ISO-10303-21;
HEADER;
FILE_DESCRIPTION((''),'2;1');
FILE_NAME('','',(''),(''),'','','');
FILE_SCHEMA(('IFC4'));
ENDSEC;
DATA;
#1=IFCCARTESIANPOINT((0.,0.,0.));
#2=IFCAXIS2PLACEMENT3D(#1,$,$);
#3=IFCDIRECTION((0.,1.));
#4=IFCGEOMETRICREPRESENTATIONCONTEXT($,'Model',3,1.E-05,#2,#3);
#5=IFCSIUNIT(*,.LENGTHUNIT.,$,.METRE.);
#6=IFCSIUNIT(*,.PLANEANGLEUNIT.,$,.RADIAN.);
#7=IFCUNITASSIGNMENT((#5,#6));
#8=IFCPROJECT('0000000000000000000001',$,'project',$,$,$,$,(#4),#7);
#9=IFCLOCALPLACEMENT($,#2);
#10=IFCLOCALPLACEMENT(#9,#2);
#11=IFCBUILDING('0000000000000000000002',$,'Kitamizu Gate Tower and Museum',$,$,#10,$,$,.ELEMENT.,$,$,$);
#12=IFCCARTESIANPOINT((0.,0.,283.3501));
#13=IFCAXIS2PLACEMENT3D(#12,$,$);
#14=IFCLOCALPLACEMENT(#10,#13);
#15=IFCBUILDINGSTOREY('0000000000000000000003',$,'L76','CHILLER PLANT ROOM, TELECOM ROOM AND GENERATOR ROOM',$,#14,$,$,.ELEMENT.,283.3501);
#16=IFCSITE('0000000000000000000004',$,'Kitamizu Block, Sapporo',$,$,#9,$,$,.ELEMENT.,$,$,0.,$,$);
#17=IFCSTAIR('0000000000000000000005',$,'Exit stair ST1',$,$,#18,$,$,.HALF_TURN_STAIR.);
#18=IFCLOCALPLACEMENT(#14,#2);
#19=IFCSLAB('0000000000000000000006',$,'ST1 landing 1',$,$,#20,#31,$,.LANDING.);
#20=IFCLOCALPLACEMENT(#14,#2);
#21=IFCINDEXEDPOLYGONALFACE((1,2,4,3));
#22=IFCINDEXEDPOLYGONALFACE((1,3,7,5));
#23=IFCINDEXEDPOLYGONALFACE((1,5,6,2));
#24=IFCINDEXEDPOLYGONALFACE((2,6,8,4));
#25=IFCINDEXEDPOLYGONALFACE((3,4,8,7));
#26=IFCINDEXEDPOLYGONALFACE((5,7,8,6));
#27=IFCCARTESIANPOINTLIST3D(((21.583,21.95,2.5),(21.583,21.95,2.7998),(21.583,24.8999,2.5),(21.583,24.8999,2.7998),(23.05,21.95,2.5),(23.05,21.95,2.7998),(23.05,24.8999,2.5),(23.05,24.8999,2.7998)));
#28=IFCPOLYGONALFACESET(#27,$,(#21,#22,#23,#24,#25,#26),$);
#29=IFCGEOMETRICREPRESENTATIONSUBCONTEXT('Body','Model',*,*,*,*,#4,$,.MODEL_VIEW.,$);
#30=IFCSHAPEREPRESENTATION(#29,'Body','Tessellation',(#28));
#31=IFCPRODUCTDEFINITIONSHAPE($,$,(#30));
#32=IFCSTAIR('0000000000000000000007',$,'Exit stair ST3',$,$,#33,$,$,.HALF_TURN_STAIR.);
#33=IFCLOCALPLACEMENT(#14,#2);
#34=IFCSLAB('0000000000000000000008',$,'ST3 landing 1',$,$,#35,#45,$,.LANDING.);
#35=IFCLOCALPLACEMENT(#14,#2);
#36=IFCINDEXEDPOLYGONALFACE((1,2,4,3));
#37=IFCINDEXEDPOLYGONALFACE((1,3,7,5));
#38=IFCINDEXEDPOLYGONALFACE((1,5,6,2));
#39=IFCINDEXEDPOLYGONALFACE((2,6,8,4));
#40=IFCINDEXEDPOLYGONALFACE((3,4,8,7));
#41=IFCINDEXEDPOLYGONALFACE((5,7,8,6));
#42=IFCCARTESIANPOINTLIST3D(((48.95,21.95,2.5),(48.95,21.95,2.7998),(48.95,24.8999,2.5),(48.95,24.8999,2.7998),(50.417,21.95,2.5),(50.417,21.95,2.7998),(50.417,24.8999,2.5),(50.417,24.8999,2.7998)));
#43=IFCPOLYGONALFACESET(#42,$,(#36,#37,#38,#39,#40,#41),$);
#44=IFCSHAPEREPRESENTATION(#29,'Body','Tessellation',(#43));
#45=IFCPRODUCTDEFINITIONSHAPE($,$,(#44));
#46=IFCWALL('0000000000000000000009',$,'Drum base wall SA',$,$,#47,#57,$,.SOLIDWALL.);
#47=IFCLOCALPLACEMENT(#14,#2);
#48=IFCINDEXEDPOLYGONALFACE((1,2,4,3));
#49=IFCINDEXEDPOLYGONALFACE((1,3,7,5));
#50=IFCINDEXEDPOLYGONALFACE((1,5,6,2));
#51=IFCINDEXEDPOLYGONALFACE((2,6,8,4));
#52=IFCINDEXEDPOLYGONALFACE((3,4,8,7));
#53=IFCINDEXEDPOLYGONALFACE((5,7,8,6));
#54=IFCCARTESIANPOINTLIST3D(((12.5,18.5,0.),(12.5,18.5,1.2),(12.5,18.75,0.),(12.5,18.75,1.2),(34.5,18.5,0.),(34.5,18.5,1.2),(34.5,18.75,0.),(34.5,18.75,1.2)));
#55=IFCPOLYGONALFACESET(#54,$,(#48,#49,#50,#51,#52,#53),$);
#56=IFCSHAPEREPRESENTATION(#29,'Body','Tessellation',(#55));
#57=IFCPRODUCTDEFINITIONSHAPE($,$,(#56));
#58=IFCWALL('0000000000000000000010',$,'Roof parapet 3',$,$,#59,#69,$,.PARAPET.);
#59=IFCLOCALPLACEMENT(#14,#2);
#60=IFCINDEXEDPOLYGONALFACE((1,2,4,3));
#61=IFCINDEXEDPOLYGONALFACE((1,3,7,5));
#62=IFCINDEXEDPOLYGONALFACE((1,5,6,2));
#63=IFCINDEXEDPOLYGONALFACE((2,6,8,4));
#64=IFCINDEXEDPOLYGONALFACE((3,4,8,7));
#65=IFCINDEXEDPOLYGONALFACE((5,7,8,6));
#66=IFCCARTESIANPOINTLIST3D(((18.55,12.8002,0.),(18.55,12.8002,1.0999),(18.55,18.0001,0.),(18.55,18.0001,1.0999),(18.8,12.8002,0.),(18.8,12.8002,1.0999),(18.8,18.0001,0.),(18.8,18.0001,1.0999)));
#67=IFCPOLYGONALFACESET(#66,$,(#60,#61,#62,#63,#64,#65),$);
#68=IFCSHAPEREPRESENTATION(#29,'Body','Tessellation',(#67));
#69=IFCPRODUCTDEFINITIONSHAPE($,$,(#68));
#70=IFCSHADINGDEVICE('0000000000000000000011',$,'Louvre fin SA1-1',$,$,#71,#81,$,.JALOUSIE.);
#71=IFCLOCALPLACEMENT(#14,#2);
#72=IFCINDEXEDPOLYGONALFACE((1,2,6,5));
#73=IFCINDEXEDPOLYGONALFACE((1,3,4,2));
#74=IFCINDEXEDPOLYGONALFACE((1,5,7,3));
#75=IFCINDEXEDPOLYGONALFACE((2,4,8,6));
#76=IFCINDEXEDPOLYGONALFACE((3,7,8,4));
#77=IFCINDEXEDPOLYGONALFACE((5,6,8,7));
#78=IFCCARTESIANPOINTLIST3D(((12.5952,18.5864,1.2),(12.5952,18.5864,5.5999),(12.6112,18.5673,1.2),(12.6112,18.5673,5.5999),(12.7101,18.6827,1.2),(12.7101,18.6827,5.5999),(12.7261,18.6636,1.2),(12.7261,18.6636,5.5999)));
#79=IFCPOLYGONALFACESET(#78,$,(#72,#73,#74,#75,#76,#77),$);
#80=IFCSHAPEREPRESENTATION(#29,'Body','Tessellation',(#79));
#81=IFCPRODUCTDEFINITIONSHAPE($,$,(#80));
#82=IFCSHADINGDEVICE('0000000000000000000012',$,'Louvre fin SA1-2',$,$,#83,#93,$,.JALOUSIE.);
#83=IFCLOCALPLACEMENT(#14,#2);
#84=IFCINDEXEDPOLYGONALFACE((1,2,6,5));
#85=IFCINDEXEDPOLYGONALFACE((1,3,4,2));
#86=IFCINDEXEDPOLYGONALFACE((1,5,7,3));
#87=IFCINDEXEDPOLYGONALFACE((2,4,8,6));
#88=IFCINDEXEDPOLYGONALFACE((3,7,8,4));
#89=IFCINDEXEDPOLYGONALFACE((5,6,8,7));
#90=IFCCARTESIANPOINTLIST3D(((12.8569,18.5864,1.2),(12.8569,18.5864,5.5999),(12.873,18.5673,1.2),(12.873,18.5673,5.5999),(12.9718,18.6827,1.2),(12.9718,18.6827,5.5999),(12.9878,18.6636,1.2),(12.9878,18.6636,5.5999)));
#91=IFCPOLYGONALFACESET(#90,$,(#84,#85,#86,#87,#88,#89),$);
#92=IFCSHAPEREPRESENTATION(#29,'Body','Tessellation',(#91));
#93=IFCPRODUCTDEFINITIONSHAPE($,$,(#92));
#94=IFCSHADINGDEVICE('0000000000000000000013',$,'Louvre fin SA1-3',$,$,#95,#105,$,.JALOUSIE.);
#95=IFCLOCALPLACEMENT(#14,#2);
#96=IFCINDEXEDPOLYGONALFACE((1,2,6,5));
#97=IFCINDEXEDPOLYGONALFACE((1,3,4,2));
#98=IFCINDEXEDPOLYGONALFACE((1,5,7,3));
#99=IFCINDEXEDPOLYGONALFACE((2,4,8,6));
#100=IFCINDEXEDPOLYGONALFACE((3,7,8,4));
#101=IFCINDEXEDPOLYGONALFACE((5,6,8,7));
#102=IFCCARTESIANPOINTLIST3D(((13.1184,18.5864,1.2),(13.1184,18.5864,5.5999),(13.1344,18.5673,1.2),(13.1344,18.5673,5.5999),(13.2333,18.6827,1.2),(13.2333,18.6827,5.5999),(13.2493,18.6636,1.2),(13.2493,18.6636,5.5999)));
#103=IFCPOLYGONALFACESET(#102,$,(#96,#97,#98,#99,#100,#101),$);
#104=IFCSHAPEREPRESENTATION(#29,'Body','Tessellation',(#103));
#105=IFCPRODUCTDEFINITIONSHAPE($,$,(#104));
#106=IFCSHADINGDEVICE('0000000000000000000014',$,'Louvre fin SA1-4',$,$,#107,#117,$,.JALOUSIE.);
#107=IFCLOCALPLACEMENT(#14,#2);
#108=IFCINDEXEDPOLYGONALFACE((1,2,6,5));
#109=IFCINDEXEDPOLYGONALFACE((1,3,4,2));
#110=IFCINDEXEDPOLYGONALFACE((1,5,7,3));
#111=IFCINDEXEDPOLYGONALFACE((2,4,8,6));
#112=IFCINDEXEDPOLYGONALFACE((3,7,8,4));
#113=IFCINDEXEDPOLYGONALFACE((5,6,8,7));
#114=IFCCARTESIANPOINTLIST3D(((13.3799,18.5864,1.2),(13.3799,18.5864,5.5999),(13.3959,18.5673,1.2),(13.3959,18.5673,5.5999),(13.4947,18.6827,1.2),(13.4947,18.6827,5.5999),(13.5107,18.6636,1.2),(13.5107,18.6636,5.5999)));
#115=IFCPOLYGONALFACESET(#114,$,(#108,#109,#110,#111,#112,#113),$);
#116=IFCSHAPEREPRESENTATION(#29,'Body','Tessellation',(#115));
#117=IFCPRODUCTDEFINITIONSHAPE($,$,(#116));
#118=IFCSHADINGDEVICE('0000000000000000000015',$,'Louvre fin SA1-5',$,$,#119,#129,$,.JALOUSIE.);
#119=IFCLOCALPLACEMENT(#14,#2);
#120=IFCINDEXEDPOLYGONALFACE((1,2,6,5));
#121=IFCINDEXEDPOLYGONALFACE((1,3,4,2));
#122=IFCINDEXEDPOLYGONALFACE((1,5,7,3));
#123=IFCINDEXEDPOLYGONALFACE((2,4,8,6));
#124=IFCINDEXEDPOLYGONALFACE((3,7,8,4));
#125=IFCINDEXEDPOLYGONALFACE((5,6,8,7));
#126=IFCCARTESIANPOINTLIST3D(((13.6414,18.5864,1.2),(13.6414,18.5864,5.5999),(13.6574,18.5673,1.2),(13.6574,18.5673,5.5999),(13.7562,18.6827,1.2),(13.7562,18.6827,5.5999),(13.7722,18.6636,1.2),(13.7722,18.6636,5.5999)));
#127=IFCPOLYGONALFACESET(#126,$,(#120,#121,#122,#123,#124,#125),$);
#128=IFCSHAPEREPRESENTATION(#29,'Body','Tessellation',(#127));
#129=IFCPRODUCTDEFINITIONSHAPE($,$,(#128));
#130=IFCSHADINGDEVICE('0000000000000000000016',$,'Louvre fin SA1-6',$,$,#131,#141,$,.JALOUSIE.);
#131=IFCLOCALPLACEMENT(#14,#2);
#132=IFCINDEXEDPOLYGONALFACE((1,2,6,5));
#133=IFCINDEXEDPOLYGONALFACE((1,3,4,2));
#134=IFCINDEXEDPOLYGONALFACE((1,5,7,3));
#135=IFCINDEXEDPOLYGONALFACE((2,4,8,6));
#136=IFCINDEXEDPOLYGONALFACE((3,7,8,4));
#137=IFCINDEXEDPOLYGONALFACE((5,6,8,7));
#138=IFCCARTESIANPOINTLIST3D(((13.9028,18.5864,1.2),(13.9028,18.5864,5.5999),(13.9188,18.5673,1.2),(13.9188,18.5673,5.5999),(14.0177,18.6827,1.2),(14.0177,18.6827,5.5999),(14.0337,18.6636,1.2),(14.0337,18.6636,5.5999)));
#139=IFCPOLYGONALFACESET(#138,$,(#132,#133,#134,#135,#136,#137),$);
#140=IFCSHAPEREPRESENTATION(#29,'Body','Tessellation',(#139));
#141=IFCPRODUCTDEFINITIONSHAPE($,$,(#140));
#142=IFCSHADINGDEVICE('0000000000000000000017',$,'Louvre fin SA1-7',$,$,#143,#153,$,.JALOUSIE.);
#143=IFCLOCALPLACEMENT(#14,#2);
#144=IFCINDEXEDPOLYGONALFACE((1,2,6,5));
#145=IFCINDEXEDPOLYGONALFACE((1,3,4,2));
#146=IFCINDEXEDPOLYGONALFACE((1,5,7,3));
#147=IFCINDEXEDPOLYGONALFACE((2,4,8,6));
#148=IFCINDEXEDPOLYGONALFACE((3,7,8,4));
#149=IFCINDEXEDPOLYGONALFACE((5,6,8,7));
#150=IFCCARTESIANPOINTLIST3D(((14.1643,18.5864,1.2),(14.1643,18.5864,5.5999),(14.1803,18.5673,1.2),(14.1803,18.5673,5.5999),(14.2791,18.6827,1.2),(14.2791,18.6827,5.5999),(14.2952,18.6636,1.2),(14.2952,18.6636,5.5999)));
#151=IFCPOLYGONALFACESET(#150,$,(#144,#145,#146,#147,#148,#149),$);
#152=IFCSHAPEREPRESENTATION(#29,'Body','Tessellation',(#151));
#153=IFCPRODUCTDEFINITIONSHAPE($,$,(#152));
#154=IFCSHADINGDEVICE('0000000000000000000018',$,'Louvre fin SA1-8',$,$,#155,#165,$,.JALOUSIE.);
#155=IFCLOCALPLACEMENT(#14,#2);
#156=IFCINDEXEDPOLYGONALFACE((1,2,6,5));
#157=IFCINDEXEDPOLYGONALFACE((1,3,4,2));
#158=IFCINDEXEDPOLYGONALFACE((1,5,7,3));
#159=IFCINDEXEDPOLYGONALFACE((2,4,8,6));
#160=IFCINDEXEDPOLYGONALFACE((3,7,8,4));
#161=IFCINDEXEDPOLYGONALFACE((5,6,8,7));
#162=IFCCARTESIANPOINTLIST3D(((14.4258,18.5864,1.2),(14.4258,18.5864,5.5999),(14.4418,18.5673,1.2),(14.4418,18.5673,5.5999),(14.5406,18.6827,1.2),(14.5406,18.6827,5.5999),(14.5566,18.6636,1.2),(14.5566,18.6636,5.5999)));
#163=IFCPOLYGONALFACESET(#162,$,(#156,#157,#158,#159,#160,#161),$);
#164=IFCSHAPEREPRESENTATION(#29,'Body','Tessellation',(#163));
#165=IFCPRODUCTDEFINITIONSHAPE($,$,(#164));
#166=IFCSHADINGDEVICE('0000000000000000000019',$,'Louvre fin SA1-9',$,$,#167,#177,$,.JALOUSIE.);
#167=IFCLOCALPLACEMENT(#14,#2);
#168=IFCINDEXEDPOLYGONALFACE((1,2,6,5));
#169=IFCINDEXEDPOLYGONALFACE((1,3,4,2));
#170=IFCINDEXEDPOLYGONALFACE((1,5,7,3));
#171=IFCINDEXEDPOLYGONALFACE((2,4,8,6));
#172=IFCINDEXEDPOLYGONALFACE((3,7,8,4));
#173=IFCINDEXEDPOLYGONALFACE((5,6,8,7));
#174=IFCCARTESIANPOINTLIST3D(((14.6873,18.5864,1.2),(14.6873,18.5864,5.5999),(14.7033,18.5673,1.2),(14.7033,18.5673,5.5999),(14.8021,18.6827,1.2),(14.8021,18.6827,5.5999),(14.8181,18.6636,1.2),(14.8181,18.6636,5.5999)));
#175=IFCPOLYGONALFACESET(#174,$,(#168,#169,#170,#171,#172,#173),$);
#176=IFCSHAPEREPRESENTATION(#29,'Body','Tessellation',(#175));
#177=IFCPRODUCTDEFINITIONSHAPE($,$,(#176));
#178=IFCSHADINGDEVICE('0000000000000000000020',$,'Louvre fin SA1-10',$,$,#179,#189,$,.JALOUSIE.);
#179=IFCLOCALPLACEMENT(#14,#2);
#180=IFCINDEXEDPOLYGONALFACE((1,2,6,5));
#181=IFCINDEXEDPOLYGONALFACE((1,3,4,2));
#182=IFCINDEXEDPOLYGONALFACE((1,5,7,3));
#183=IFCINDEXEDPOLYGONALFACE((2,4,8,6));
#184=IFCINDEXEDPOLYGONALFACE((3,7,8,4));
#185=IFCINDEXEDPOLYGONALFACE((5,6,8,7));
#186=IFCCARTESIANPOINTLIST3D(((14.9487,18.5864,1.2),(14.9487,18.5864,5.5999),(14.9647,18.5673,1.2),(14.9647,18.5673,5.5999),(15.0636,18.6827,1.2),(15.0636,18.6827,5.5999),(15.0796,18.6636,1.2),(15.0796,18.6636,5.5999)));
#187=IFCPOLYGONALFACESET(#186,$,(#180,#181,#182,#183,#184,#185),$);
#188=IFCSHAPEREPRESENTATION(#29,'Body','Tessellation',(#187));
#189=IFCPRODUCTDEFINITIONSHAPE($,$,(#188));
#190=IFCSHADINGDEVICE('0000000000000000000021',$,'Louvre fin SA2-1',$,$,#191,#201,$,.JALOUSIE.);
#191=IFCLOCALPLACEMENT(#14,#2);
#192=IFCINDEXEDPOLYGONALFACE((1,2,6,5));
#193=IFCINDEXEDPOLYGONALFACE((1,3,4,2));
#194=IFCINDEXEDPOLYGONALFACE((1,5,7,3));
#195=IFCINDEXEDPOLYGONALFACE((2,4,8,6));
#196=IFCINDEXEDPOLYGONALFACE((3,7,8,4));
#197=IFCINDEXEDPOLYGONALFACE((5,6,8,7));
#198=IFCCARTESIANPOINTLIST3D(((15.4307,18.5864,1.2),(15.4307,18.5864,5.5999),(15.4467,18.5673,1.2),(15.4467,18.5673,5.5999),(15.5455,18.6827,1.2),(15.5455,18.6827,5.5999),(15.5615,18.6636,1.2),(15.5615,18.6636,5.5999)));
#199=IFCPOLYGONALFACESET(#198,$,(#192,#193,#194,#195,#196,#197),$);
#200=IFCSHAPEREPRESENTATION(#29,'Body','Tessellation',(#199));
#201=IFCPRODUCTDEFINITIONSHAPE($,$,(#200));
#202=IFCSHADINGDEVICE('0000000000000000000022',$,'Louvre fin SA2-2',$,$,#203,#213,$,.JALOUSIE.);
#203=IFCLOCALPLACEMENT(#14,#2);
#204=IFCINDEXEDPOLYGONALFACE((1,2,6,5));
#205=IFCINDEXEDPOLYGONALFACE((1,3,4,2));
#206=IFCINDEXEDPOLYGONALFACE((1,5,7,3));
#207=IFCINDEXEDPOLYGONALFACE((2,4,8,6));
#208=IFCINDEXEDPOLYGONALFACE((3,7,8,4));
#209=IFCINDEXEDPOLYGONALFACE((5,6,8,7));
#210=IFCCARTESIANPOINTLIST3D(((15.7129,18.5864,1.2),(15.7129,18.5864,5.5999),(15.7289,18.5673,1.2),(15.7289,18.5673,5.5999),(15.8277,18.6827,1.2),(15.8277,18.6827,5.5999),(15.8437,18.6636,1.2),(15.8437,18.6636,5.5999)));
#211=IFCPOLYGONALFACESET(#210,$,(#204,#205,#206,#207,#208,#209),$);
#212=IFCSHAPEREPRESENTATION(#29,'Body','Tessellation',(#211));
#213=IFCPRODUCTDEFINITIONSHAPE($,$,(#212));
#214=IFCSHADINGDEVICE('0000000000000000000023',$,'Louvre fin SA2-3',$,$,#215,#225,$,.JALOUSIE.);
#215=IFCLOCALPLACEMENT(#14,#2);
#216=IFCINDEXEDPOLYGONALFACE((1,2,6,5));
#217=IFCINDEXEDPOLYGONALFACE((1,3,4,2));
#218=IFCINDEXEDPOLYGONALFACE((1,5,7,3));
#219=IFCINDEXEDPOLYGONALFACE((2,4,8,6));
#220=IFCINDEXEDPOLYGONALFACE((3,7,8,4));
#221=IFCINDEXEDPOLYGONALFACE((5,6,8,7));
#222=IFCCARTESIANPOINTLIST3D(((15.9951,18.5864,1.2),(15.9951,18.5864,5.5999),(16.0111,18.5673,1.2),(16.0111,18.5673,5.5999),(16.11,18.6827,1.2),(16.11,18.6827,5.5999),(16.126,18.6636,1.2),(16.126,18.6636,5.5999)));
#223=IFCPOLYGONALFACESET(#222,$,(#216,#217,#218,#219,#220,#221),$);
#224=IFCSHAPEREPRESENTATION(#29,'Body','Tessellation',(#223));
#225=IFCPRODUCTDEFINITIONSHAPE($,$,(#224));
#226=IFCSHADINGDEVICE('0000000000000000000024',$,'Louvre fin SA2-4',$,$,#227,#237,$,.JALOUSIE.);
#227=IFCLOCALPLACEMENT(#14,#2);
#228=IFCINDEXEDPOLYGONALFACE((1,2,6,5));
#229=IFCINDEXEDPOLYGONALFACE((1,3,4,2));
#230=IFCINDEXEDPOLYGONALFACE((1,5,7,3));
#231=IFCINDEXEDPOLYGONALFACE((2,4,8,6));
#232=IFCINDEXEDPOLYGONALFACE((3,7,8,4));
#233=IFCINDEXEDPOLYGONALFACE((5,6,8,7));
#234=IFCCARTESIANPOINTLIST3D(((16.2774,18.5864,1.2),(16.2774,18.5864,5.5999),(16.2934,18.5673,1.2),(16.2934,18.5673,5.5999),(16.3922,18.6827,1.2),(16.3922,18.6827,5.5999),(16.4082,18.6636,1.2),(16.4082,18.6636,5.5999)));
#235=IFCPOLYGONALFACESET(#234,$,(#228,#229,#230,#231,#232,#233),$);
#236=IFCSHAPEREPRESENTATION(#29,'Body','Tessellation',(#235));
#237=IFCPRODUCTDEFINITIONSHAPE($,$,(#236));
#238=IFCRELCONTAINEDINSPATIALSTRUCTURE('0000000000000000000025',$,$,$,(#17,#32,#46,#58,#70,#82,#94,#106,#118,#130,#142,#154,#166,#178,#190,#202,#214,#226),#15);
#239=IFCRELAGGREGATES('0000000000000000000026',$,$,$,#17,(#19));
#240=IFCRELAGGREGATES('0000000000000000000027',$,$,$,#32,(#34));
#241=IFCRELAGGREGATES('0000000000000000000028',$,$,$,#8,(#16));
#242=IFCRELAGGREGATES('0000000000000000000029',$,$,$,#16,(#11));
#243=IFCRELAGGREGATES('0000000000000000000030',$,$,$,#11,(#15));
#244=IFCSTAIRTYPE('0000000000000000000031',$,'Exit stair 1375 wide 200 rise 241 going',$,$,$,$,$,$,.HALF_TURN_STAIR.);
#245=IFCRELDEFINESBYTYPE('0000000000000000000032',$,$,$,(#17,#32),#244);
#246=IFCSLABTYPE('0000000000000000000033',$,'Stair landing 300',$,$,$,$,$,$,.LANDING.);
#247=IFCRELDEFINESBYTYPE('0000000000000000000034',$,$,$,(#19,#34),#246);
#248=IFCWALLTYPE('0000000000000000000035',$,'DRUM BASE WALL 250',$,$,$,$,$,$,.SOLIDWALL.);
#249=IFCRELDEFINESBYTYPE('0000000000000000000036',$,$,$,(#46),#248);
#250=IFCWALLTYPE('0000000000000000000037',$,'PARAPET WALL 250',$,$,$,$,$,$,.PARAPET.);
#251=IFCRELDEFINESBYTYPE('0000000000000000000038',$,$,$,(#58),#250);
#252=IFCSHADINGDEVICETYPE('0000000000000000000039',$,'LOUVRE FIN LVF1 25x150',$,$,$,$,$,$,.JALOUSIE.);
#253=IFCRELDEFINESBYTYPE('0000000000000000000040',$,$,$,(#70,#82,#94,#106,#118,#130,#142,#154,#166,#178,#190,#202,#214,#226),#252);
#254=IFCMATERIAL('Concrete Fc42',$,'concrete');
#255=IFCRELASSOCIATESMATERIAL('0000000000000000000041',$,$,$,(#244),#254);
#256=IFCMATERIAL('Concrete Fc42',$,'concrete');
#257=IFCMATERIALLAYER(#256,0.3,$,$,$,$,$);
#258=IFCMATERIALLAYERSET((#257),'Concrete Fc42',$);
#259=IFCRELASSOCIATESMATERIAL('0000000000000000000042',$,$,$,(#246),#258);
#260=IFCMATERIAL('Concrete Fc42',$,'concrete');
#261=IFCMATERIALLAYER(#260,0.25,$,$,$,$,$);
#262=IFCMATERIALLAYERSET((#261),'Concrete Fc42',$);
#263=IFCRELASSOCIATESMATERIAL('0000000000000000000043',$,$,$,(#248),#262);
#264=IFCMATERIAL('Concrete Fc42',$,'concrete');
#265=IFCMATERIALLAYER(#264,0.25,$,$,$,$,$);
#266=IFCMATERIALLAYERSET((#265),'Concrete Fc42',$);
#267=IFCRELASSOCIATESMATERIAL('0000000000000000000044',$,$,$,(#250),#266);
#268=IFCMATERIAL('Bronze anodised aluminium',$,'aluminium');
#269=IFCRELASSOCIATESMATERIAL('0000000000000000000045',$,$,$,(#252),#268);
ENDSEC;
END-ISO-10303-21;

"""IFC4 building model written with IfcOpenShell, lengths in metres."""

from ifc_helpers import new_model, si_unit, direction, frame, frame_2d, origin, origin_2d, place, context, subcontext, project, spatial, polyline, rectangle, outline, extrude, material, layer, layer_set, material_profile, profile_set, type_object, element, aggregate, save


model = new_model("IFC4")

# Units and contexts
model_context = context("Model", 3, precision=1e-05, world=origin(), true_north=direction((0.0, 1.0)))
body_context = subcontext(model_context, "Body", "Model", "MODEL_VIEW")
ifc_project = project(units=[si_unit("LENGTHUNIT", "METRE"), si_unit("PLANEANGLEUNIT", "RADIAN")], contexts=[model_context])

# Site, building, storey
site_placement = place(None, origin())
site = spatial("IfcSite", under=ifc_project, at=site_placement, Name="Kitamizu Block, Sapporo", CompositionType="ELEMENT", RefElevation=0.0)
building_placement = place(site_placement, origin())
building = spatial("IfcBuilding", under=site, at=building_placement, Name="Kitamizu Gate Tower and Museum", CompositionType="ELEMENT")
storey_placement = place(building_placement, frame((0.0, 0.0, 283.3501)))
storey = spatial("IfcBuildingStorey", under=building, at=storey_placement, Name="L76", Description="CHILLER PLANT ROOM, TELECOM ROOM AND GENERATOR ROOM", CompositionType="ELEMENT", Elevation=283.3501)

# Stairs, slabs
ifc_material_1 = material(Name="Concrete Fc42", Category="concrete")
stair_type = type_object("IfcStairType", Name="Exit stair 1375 wide 200 rise 241 going", PredefinedType="HALF_TURN_STAIR", material=ifc_material_1)
stair_1_placement = place(storey_placement, origin())
stair_1 = element("IfcStair", 1, at=stair_1_placement, inside=storey, type_object=stair_type, Name="Exit stair ST1", PredefinedType="HALF_TURN_STAIR")
ifc_material_2 = material(Name="Concrete Fc42", Category="concrete")
ifc_layer_1 = layer(ifc_material_2, 0.3)
ifc_layer_set_1 = layer_set([ifc_layer_1], Name="Concrete Fc42")
slab_type_1 = type_object("IfcSlabType", Name="Stair landing 300", PredefinedType="LANDING", material=ifc_layer_set_1)
slab_1_placement = place(storey_placement, frame((0.0, 0.0, 2.5)))
slab_1 = element("IfcSlab", 2, at=slab_1_placement, type_object=slab_type_1, Name="ST1 landing 1", PredefinedType="LANDING", context=body_context, shape_type="SweptSolid", body=[
    extrude(outline(polyline([(21.583, 21.95), (23.05, 21.95), (23.05, 24.8999), (21.583, 24.8999), (21.583, 21.95)])), origin(), (0.0, 0.0, 1.0), 0.2998),
])
aggregate(stair_1, [slab_1])
stair_2_placement = place(storey_placement, origin())
stair_2 = element("IfcStair", 3, at=stair_2_placement, inside=storey, type_object=stair_type, Name="Exit stair ST3", PredefinedType="HALF_TURN_STAIR")
slab_2_placement = place(storey_placement, frame((0.0, 0.0, 2.5)))
slab_2 = element("IfcSlab", 4, at=slab_2_placement, type_object=slab_type_1, Name="ST3 landing 1", PredefinedType="LANDING", context=body_context, shape_type="SweptSolid", body=[
    extrude(outline(polyline([(48.95, 21.95), (50.417, 21.95), (50.417, 24.8999), (48.95, 24.8999), (48.95, 21.95)])), origin(), (0.0, 0.0, 1.0), 0.2998),
])
aggregate(stair_2, [slab_2])

# Walls
ifc_material_3 = material(Name="Concrete Fc42", Category="concrete")
ifc_layer_2 = layer(ifc_material_3, 0.25)
ifc_layer_set_2 = layer_set([ifc_layer_2], Name="Concrete Fc42")
wall_type_1 = type_object("IfcWallType", Name="DRUM BASE WALL 250", PredefinedType="SOLIDWALL", material=ifc_layer_set_2)
wall_1_placement = place(storey_placement, frame((12.5, 18.625, 0.0), z_axis=(0.0, 0.0, 1.0), x_axis=(1.0, 0.0, 0.0)))
element("IfcWall", 5, at=wall_1_placement, inside=storey, type_object=wall_type_1, Name="Drum base wall SA", PredefinedType="SOLIDWALL", context=body_context, shape_type="SweptSolid", body=[
    extrude(rectangle(XDim=22.0, YDim=0.25, at=frame_2d((11.0, 0.0))), origin(), (0.0, 0.0, 1.0), 1.2),
])
ifc_material_4 = material(Name="Concrete Fc42", Category="concrete")
ifc_layer_3 = layer(ifc_material_4, 0.25)
ifc_layer_set_3 = layer_set([ifc_layer_3], Name="Concrete Fc42")
wall_type_2 = type_object("IfcWallType", Name="PARAPET WALL 250", PredefinedType="PARAPET", material=ifc_layer_set_3)
wall_2_placement = place(storey_placement, frame((18.675, 12.8, 0.0), z_axis=(0.0, 0.0, 1.0), x_axis=(0.0, 1.0, 0.0)))
element("IfcWall", 6, at=wall_2_placement, inside=storey, type_object=wall_type_2, Name="Roof parapet 3", PredefinedType="PARAPET", context=body_context, shape_type="SweptSolid", body=[
    extrude(rectangle(XDim=5.2, YDim=0.25, at=frame_2d((2.6001, 0.0))), origin(), (0.0, 0.0, 1.0), 1.0999),
])

# Shading devices
ifc_material_5 = material(Name="Bronze anodised aluminium", Category="aluminium")
ifc_material_profile_1 = material_profile(ifc_material_5, rectangle(XDim=0.1499, YDim=0.0249, at=origin_2d()), Name="AL 25x150")
ifc_profile_set_1 = profile_set([ifc_material_profile_1], Name="Bronze anodised aluminium")
shading_device_type = type_object("IfcShadingDeviceType", Name="LOUVRE FIN LVF1 25x150", PredefinedType="JALOUSIE", material=ifc_profile_set_1)
for number, where, z_axis, x_axis, name in (
    (7, (12.6606, 18.625, 1.2), (0.0, 0.0, 1.0), (0.766044, 0.642788, 0.0), "Louvre fin SA1-1"),
    (8, (12.9224, 18.625, 1.2), (0.0, 0.0, 1.0), (0.766044, 0.642788, 0.0), "Louvre fin SA1-2"),
    (9, (13.1838, 18.625, 1.2), (0.0, 0.0, 1.0), (0.766044, 0.642788, 0.0), "Louvre fin SA1-3"),
    (10, (13.4453, 18.625, 1.2), (0.0, 0.0, 1.0), (0.766044, 0.642788, 0.0), "Louvre fin SA1-4"),
    (11, (13.7068, 18.625, 1.2), (0.0, 0.0, 1.0), (0.766044, 0.642788, 0.0), "Louvre fin SA1-5"),
    (12, (13.9683, 18.625, 1.2), (0.0, 0.0, 1.0), (0.766044, 0.642788, 0.0), "Louvre fin SA1-6"),
    (13, (14.2297, 18.625, 1.2), (0.0, 0.0, 1.0), (0.766044, 0.642788, 0.0), "Louvre fin SA1-7"),
    (14, (14.4912, 18.625, 1.2), (0.0, 0.0, 1.0), (0.766044, 0.642788, 0.0), "Louvre fin SA1-8"),
    (15, (14.7527, 18.625, 1.2), (0.0, 0.0, 1.0), (0.766044, 0.642788, 0.0), "Louvre fin SA1-9"),
    (16, (15.0142, 18.625, 1.2), (0.0, 0.0, 1.0), (0.766044, 0.642788, 0.0), "Louvre fin SA1-10"),
    (17, (15.4961, 18.625, 1.2), (0.0, 0.0, 1.0), (0.766044, 0.642788, 0.0), "Louvre fin SA2-1"),
    (18, (15.7783, 18.625, 1.2), (0.0, 0.0, 1.0), (0.766044, 0.642788, 0.0), "Louvre fin SA2-2"),
    (19, (16.0605, 18.625, 1.2), (0.0, 0.0, 1.0), (0.766044, 0.642788, 0.0), "Louvre fin SA2-3"),
    (20, (16.3428, 18.625, 1.2), (0.0, 0.0, 1.0), (0.766044, 0.642788, 0.0), "Louvre fin SA2-4"),
):
    element("IfcShadingDevice", number, at=place(storey_placement, frame(where, z_axis=z_axis, x_axis=x_axis)), inside=storey, type_object=shading_device_type, Name=name, PredefinedType="JALOUSIE", context=body_context, shape_type="SweptSolid", body=[
        extrude(rectangle(XDim=0.1499, YDim=0.0249, at=origin_2d()), origin(), (0.0, 0.0, 1.0), 4.3999),
    ])

save(model, "model.ifc")
